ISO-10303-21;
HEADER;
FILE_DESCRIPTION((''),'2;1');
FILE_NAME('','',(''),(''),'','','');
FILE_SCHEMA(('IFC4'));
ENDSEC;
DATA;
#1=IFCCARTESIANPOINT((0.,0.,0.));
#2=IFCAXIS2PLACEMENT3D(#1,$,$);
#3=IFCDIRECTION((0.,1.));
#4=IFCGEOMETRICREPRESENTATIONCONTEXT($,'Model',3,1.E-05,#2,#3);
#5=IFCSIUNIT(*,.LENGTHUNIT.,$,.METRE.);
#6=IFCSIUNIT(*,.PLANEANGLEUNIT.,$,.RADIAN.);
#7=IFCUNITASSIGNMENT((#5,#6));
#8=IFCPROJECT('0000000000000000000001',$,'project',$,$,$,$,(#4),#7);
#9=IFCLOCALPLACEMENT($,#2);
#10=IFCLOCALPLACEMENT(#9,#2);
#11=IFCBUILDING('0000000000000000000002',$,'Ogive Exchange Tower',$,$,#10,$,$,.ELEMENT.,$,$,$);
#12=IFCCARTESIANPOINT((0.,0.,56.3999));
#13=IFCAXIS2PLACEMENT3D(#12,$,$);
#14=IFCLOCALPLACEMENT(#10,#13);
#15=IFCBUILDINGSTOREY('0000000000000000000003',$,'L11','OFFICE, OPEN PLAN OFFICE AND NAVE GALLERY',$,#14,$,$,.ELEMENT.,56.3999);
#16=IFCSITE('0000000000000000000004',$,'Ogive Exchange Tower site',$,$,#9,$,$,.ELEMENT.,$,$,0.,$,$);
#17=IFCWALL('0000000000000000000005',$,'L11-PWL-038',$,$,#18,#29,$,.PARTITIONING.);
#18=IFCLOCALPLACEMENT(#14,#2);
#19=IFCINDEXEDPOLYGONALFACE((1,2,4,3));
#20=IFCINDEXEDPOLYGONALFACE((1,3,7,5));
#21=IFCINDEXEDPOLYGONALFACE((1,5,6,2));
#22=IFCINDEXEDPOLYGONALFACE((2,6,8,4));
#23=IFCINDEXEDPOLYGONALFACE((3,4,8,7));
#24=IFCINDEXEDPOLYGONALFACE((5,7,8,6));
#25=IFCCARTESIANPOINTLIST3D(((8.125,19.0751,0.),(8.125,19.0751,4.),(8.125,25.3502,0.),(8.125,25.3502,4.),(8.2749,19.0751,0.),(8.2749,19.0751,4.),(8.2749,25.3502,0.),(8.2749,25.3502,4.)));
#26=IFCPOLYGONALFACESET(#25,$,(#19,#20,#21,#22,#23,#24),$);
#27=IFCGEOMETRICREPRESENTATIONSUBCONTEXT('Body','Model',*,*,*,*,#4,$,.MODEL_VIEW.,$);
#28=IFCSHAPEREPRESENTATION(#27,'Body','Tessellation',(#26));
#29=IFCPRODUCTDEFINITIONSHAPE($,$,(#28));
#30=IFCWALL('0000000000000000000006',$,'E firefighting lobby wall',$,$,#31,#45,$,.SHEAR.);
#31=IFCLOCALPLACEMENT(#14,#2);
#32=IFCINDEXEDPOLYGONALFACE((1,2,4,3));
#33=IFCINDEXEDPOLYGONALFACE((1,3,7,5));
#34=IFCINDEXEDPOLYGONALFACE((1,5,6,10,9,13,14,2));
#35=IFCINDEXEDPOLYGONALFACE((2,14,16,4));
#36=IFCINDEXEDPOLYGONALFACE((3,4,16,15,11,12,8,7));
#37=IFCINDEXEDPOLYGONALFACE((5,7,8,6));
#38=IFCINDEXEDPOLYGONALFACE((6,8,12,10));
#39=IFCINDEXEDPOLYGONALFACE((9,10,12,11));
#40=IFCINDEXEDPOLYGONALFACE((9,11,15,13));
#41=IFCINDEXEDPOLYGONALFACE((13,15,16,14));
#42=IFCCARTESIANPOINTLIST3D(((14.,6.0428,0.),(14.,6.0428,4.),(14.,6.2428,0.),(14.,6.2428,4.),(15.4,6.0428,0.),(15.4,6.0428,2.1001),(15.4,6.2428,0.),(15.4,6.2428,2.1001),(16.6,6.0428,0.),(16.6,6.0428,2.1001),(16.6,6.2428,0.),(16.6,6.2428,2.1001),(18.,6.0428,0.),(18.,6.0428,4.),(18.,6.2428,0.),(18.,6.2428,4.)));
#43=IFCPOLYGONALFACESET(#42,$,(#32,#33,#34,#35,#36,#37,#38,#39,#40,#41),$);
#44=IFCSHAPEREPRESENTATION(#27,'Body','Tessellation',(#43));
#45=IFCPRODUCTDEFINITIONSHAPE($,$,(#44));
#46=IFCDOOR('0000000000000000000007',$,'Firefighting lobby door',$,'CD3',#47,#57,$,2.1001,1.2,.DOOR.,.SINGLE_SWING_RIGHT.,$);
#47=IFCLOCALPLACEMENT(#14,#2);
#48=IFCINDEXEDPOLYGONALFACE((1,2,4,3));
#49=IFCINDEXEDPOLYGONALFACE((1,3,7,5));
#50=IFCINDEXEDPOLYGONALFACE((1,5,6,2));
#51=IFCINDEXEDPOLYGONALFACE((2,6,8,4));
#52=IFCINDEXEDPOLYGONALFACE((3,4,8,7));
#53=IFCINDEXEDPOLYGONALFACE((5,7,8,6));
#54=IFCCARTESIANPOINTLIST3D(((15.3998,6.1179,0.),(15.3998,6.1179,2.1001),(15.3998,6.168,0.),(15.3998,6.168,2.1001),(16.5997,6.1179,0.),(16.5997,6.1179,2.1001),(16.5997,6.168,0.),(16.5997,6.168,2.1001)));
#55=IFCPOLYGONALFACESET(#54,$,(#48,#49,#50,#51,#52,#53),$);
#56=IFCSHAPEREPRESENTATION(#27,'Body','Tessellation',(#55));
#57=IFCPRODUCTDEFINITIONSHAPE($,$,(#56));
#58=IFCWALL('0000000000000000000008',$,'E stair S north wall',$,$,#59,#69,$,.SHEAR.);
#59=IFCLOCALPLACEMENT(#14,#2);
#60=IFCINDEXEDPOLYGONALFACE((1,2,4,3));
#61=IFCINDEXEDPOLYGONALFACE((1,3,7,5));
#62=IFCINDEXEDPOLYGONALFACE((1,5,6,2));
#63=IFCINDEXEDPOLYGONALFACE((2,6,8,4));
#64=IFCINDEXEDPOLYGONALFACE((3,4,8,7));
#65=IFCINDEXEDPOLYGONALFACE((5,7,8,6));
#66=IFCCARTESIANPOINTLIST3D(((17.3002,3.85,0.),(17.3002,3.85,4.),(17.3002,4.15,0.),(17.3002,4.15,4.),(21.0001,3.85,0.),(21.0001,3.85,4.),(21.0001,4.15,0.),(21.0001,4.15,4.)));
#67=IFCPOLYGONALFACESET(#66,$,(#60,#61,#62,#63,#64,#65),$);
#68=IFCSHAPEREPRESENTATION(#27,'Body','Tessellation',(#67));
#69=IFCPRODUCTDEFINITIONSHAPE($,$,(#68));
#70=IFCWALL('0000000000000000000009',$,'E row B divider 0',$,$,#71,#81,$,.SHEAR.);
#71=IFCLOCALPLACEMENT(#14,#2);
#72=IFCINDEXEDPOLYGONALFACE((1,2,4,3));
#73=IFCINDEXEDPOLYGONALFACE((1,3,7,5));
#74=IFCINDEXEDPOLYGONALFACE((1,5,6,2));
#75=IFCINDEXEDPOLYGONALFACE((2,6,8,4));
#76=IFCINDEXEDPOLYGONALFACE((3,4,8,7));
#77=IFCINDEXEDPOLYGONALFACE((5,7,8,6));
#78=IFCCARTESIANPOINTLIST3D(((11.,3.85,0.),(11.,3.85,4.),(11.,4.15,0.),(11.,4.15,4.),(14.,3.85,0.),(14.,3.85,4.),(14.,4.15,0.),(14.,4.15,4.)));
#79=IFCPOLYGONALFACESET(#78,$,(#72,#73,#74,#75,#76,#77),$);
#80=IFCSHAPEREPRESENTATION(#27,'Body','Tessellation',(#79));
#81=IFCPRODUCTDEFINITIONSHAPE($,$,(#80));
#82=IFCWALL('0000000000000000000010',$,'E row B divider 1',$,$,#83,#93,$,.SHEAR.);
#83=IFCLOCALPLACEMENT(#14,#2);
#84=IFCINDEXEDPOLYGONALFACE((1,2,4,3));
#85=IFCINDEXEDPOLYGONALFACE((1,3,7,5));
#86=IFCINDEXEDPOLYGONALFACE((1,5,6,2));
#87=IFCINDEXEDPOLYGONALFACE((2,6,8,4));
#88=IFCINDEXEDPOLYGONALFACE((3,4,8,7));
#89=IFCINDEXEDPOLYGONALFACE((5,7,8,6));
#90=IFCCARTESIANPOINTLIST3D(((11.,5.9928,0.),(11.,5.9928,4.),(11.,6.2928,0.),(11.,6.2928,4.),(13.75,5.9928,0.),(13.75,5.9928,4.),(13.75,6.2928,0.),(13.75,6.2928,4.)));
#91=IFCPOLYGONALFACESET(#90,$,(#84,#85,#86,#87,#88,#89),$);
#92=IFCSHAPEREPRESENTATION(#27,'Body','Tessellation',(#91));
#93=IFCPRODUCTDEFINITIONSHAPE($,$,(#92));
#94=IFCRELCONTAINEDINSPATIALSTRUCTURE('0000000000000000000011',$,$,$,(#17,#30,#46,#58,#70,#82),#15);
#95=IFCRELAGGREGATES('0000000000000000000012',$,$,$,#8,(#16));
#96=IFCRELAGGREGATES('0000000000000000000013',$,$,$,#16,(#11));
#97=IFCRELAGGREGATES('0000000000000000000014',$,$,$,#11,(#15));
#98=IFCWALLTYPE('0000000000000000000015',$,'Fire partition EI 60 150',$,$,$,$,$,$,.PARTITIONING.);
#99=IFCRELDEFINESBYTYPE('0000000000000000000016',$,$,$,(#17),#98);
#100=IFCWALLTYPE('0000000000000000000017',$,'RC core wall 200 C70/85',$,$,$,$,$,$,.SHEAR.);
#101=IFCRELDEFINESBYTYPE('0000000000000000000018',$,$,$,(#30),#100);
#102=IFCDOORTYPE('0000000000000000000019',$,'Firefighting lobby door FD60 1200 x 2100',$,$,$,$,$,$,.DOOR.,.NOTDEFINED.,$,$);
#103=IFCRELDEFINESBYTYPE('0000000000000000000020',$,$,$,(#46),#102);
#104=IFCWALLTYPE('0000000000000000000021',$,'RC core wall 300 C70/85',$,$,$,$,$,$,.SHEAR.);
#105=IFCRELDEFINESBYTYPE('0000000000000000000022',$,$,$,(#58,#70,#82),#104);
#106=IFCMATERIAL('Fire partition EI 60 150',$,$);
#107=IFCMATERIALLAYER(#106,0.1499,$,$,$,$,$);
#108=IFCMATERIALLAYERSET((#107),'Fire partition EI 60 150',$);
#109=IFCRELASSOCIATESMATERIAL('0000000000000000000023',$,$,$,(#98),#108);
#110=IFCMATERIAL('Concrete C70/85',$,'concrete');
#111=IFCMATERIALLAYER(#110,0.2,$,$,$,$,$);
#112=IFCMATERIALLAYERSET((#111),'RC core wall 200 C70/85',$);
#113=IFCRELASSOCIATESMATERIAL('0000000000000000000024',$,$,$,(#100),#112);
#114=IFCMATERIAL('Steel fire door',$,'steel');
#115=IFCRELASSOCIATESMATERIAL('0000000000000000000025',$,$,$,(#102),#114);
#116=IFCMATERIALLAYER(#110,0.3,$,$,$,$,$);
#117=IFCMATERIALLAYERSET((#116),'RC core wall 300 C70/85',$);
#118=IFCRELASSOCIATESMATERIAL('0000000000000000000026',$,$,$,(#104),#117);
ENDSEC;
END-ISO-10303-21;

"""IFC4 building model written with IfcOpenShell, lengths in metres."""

from ifc_helpers import new_model, si_unit, direction, frame, frame_2d, origin, place, context, subcontext, project, spatial, rectangle, extrude, material, layer, layer_set, type_object, element, fill, save


model = new_model("IFC4")

# Units and contexts
model_context = context("Model", 3, precision=1e-05, world=origin(), true_north=direction((0.0, 1.0)))
body_context = subcontext(model_context, "Body", "Model", "MODEL_VIEW")
ifc_project = project(units=[si_unit("LENGTHUNIT", "METRE"), si_unit("PLANEANGLEUNIT", "RADIAN")], contexts=[model_context])

# Site, building, storey
site_placement = place(None, origin())
site = spatial("IfcSite", under=ifc_project, at=site_placement, Name="Ogive Exchange Tower site", CompositionType="ELEMENT", RefElevation=0.0)
building_placement = place(site_placement, origin())
building = spatial("IfcBuilding", under=site, at=building_placement, Name="Ogive Exchange Tower", CompositionType="ELEMENT")
storey_placement = place(building_placement, frame((0.0, 0.0, 56.3999)))
storey = spatial("IfcBuildingStorey", under=building, at=storey_placement, Name="L11", Description="OFFICE, OPEN PLAN OFFICE AND NAVE GALLERY", CompositionType="ELEMENT", Elevation=56.3999)

# Wall
ifc_material_1 = material(Name="Fire partition EI 60 150")
ifc_layer_1 = layer(ifc_material_1, 0.1499)
ifc_layer_set_1 = layer_set([ifc_layer_1], Name="Fire partition EI 60 150")
wall_type_1 = type_object("IfcWallType", Name="Fire partition EI 60 150", PredefinedType="PARTITIONING", material=ifc_layer_set_1)
wall_1_placement = place(storey_placement, frame((8.2, 19.075, 0.0), z_axis=(0.0, 0.0, 1.0), x_axis=(0.0, 1.0, 0.0)))
element("IfcWall", 1, at=wall_1_placement, inside=storey, type_object=wall_type_1, Name="L11-PWL-038", PredefinedType="PARTITIONING", context=body_context, shape_type="SweptSolid", body=[
    extrude(rectangle(XDim=6.2751, YDim=0.1499, at=frame_2d((3.1377, 0.0))), origin(), (0.0, 0.0, 1.0), 4.0),
])

# Wall, opening, door
ifc_material_2 = material(Name="Concrete C70/85", Category="concrete")
ifc_layer_2 = layer(ifc_material_2, 0.2)
ifc_layer_set_2 = layer_set([ifc_layer_2], Name="RC core wall 200 C70/85")
wall_type_2 = type_object("IfcWallType", Name="RC core wall 200 C70/85", PredefinedType="SHEAR", material=ifc_layer_set_2)
wall_2_placement = place(storey_placement, frame((14.0, 6.1428, 0.0), z_axis=(0.0, 0.0, 1.0), x_axis=(1.0, 0.0, 0.0)))
wall_2 = element("IfcWall", 2, at=wall_2_placement, inside=storey, type_object=wall_type_2, Name="E firefighting lobby wall", PredefinedType="SHEAR", context=body_context, shape_type="SweptSolid", body=[
    extrude(rectangle(XDim=4.0, YDim=0.2, at=frame_2d((2.0, 0.0))), origin(), (0.0, 0.0, 1.0), 4.0),
])
opening_placement = place(wall_2_placement, frame((1.3999, 0.0, 0.0)))
opening = element("IfcOpeningElement", 3, at=opening_placement, cuts=wall_2, PredefinedType="OPENING", context=body_context, shape_type="SweptSolid", body=[
    extrude(rectangle(XDim=1.2, YDim=2.1001, at=frame_2d((0.6001, 1.05))), frame((0.0, 0.1099, 0.0), z_axis=(0.0, -1.0, 0.0), x_axis=(1.0, 0.0, 0.0)), (0.0, 0.0, 1.0), 0.22),
])
ifc_material_3 = material(Name="Steel fire door", Category="steel")
door_type = type_object("IfcDoorType", Name="Firefighting lobby door FD60 1200 x 2100", OperationType="NOTDEFINED", PredefinedType="DOOR", material=ifc_material_3)
door_placement = place(opening_placement, frame((1.2, 0.0, 0.0), z_axis=(0.0, 0.0, 1.0), x_axis=(-1.0, 0.0, 0.0)))
door = element("IfcDoor", 4, at=door_placement, inside=storey, type_object=door_type, Name="Firefighting lobby door", ObjectType="CD3", OperationType="SINGLE_SWING_RIGHT", OverallHeight=2.1001, OverallWidth=1.2, PredefinedType="DOOR", context=body_context, shape_type="SweptSolid", body=[
    extrude(rectangle(XDim=1.2, YDim=2.1001, at=frame_2d((0.6001, 1.05))), frame((0.0, 0.0249, 0.0), z_axis=(0.0, -1.0, 0.0), x_axis=(1.0, 0.0, 0.0)), (0.0, 0.0, 1.0), 0.05),
])
fill(opening, door)

# Walls
ifc_layer_3 = layer(ifc_material_2, 0.3)
ifc_layer_set_3 = layer_set([ifc_layer_3], Name="RC core wall 300 C70/85")
wall_type_3 = type_object("IfcWallType", Name="RC core wall 300 C70/85", PredefinedType="SHEAR", material=ifc_layer_set_3)
wall_3_placement = place(storey_placement, frame((17.3, 4.0, 0.0), z_axis=(0.0, 0.0, 1.0), x_axis=(1.0, 0.0, 0.0)))
element("IfcWall", 5, at=wall_3_placement, inside=storey, type_object=wall_type_3, Name="E stair S north wall", PredefinedType="SHEAR", context=body_context, shape_type="SweptSolid", body=[
    extrude(rectangle(XDim=3.7, YDim=0.3, at=frame_2d((1.8501, 0.0))), origin(), (0.0, 0.0, 1.0), 4.0),
])
wall_4_placement = place(storey_placement, frame((11.0, 4.0, 0.0), z_axis=(0.0, 0.0, 1.0), x_axis=(1.0, 0.0, 0.0)))
element("IfcWall", 6, at=wall_4_placement, inside=storey, type_object=wall_type_3, Name="E row B divider 0", PredefinedType="SHEAR", context=body_context, shape_type="SweptSolid", body=[
    extrude(rectangle(XDim=3.0, YDim=0.3, at=frame_2d((1.5, 0.0))), origin(), (0.0, 0.0, 1.0), 4.0),
])
wall_5_placement = place(storey_placement, frame((11.0, 6.1428, 0.0), z_axis=(0.0, 0.0, 1.0), x_axis=(1.0, 0.0, 0.0)))
element("IfcWall", 7, at=wall_5_placement, inside=storey, type_object=wall_type_3, Name="E row B divider 1", PredefinedType="SHEAR", context=body_context, shape_type="SweptSolid", body=[
    extrude(rectangle(XDim=2.75, YDim=0.3, at=frame_2d((1.375, 0.0))), origin(), (0.0, 0.0, 1.0), 4.0),
])

save(model, "model.ifc")
